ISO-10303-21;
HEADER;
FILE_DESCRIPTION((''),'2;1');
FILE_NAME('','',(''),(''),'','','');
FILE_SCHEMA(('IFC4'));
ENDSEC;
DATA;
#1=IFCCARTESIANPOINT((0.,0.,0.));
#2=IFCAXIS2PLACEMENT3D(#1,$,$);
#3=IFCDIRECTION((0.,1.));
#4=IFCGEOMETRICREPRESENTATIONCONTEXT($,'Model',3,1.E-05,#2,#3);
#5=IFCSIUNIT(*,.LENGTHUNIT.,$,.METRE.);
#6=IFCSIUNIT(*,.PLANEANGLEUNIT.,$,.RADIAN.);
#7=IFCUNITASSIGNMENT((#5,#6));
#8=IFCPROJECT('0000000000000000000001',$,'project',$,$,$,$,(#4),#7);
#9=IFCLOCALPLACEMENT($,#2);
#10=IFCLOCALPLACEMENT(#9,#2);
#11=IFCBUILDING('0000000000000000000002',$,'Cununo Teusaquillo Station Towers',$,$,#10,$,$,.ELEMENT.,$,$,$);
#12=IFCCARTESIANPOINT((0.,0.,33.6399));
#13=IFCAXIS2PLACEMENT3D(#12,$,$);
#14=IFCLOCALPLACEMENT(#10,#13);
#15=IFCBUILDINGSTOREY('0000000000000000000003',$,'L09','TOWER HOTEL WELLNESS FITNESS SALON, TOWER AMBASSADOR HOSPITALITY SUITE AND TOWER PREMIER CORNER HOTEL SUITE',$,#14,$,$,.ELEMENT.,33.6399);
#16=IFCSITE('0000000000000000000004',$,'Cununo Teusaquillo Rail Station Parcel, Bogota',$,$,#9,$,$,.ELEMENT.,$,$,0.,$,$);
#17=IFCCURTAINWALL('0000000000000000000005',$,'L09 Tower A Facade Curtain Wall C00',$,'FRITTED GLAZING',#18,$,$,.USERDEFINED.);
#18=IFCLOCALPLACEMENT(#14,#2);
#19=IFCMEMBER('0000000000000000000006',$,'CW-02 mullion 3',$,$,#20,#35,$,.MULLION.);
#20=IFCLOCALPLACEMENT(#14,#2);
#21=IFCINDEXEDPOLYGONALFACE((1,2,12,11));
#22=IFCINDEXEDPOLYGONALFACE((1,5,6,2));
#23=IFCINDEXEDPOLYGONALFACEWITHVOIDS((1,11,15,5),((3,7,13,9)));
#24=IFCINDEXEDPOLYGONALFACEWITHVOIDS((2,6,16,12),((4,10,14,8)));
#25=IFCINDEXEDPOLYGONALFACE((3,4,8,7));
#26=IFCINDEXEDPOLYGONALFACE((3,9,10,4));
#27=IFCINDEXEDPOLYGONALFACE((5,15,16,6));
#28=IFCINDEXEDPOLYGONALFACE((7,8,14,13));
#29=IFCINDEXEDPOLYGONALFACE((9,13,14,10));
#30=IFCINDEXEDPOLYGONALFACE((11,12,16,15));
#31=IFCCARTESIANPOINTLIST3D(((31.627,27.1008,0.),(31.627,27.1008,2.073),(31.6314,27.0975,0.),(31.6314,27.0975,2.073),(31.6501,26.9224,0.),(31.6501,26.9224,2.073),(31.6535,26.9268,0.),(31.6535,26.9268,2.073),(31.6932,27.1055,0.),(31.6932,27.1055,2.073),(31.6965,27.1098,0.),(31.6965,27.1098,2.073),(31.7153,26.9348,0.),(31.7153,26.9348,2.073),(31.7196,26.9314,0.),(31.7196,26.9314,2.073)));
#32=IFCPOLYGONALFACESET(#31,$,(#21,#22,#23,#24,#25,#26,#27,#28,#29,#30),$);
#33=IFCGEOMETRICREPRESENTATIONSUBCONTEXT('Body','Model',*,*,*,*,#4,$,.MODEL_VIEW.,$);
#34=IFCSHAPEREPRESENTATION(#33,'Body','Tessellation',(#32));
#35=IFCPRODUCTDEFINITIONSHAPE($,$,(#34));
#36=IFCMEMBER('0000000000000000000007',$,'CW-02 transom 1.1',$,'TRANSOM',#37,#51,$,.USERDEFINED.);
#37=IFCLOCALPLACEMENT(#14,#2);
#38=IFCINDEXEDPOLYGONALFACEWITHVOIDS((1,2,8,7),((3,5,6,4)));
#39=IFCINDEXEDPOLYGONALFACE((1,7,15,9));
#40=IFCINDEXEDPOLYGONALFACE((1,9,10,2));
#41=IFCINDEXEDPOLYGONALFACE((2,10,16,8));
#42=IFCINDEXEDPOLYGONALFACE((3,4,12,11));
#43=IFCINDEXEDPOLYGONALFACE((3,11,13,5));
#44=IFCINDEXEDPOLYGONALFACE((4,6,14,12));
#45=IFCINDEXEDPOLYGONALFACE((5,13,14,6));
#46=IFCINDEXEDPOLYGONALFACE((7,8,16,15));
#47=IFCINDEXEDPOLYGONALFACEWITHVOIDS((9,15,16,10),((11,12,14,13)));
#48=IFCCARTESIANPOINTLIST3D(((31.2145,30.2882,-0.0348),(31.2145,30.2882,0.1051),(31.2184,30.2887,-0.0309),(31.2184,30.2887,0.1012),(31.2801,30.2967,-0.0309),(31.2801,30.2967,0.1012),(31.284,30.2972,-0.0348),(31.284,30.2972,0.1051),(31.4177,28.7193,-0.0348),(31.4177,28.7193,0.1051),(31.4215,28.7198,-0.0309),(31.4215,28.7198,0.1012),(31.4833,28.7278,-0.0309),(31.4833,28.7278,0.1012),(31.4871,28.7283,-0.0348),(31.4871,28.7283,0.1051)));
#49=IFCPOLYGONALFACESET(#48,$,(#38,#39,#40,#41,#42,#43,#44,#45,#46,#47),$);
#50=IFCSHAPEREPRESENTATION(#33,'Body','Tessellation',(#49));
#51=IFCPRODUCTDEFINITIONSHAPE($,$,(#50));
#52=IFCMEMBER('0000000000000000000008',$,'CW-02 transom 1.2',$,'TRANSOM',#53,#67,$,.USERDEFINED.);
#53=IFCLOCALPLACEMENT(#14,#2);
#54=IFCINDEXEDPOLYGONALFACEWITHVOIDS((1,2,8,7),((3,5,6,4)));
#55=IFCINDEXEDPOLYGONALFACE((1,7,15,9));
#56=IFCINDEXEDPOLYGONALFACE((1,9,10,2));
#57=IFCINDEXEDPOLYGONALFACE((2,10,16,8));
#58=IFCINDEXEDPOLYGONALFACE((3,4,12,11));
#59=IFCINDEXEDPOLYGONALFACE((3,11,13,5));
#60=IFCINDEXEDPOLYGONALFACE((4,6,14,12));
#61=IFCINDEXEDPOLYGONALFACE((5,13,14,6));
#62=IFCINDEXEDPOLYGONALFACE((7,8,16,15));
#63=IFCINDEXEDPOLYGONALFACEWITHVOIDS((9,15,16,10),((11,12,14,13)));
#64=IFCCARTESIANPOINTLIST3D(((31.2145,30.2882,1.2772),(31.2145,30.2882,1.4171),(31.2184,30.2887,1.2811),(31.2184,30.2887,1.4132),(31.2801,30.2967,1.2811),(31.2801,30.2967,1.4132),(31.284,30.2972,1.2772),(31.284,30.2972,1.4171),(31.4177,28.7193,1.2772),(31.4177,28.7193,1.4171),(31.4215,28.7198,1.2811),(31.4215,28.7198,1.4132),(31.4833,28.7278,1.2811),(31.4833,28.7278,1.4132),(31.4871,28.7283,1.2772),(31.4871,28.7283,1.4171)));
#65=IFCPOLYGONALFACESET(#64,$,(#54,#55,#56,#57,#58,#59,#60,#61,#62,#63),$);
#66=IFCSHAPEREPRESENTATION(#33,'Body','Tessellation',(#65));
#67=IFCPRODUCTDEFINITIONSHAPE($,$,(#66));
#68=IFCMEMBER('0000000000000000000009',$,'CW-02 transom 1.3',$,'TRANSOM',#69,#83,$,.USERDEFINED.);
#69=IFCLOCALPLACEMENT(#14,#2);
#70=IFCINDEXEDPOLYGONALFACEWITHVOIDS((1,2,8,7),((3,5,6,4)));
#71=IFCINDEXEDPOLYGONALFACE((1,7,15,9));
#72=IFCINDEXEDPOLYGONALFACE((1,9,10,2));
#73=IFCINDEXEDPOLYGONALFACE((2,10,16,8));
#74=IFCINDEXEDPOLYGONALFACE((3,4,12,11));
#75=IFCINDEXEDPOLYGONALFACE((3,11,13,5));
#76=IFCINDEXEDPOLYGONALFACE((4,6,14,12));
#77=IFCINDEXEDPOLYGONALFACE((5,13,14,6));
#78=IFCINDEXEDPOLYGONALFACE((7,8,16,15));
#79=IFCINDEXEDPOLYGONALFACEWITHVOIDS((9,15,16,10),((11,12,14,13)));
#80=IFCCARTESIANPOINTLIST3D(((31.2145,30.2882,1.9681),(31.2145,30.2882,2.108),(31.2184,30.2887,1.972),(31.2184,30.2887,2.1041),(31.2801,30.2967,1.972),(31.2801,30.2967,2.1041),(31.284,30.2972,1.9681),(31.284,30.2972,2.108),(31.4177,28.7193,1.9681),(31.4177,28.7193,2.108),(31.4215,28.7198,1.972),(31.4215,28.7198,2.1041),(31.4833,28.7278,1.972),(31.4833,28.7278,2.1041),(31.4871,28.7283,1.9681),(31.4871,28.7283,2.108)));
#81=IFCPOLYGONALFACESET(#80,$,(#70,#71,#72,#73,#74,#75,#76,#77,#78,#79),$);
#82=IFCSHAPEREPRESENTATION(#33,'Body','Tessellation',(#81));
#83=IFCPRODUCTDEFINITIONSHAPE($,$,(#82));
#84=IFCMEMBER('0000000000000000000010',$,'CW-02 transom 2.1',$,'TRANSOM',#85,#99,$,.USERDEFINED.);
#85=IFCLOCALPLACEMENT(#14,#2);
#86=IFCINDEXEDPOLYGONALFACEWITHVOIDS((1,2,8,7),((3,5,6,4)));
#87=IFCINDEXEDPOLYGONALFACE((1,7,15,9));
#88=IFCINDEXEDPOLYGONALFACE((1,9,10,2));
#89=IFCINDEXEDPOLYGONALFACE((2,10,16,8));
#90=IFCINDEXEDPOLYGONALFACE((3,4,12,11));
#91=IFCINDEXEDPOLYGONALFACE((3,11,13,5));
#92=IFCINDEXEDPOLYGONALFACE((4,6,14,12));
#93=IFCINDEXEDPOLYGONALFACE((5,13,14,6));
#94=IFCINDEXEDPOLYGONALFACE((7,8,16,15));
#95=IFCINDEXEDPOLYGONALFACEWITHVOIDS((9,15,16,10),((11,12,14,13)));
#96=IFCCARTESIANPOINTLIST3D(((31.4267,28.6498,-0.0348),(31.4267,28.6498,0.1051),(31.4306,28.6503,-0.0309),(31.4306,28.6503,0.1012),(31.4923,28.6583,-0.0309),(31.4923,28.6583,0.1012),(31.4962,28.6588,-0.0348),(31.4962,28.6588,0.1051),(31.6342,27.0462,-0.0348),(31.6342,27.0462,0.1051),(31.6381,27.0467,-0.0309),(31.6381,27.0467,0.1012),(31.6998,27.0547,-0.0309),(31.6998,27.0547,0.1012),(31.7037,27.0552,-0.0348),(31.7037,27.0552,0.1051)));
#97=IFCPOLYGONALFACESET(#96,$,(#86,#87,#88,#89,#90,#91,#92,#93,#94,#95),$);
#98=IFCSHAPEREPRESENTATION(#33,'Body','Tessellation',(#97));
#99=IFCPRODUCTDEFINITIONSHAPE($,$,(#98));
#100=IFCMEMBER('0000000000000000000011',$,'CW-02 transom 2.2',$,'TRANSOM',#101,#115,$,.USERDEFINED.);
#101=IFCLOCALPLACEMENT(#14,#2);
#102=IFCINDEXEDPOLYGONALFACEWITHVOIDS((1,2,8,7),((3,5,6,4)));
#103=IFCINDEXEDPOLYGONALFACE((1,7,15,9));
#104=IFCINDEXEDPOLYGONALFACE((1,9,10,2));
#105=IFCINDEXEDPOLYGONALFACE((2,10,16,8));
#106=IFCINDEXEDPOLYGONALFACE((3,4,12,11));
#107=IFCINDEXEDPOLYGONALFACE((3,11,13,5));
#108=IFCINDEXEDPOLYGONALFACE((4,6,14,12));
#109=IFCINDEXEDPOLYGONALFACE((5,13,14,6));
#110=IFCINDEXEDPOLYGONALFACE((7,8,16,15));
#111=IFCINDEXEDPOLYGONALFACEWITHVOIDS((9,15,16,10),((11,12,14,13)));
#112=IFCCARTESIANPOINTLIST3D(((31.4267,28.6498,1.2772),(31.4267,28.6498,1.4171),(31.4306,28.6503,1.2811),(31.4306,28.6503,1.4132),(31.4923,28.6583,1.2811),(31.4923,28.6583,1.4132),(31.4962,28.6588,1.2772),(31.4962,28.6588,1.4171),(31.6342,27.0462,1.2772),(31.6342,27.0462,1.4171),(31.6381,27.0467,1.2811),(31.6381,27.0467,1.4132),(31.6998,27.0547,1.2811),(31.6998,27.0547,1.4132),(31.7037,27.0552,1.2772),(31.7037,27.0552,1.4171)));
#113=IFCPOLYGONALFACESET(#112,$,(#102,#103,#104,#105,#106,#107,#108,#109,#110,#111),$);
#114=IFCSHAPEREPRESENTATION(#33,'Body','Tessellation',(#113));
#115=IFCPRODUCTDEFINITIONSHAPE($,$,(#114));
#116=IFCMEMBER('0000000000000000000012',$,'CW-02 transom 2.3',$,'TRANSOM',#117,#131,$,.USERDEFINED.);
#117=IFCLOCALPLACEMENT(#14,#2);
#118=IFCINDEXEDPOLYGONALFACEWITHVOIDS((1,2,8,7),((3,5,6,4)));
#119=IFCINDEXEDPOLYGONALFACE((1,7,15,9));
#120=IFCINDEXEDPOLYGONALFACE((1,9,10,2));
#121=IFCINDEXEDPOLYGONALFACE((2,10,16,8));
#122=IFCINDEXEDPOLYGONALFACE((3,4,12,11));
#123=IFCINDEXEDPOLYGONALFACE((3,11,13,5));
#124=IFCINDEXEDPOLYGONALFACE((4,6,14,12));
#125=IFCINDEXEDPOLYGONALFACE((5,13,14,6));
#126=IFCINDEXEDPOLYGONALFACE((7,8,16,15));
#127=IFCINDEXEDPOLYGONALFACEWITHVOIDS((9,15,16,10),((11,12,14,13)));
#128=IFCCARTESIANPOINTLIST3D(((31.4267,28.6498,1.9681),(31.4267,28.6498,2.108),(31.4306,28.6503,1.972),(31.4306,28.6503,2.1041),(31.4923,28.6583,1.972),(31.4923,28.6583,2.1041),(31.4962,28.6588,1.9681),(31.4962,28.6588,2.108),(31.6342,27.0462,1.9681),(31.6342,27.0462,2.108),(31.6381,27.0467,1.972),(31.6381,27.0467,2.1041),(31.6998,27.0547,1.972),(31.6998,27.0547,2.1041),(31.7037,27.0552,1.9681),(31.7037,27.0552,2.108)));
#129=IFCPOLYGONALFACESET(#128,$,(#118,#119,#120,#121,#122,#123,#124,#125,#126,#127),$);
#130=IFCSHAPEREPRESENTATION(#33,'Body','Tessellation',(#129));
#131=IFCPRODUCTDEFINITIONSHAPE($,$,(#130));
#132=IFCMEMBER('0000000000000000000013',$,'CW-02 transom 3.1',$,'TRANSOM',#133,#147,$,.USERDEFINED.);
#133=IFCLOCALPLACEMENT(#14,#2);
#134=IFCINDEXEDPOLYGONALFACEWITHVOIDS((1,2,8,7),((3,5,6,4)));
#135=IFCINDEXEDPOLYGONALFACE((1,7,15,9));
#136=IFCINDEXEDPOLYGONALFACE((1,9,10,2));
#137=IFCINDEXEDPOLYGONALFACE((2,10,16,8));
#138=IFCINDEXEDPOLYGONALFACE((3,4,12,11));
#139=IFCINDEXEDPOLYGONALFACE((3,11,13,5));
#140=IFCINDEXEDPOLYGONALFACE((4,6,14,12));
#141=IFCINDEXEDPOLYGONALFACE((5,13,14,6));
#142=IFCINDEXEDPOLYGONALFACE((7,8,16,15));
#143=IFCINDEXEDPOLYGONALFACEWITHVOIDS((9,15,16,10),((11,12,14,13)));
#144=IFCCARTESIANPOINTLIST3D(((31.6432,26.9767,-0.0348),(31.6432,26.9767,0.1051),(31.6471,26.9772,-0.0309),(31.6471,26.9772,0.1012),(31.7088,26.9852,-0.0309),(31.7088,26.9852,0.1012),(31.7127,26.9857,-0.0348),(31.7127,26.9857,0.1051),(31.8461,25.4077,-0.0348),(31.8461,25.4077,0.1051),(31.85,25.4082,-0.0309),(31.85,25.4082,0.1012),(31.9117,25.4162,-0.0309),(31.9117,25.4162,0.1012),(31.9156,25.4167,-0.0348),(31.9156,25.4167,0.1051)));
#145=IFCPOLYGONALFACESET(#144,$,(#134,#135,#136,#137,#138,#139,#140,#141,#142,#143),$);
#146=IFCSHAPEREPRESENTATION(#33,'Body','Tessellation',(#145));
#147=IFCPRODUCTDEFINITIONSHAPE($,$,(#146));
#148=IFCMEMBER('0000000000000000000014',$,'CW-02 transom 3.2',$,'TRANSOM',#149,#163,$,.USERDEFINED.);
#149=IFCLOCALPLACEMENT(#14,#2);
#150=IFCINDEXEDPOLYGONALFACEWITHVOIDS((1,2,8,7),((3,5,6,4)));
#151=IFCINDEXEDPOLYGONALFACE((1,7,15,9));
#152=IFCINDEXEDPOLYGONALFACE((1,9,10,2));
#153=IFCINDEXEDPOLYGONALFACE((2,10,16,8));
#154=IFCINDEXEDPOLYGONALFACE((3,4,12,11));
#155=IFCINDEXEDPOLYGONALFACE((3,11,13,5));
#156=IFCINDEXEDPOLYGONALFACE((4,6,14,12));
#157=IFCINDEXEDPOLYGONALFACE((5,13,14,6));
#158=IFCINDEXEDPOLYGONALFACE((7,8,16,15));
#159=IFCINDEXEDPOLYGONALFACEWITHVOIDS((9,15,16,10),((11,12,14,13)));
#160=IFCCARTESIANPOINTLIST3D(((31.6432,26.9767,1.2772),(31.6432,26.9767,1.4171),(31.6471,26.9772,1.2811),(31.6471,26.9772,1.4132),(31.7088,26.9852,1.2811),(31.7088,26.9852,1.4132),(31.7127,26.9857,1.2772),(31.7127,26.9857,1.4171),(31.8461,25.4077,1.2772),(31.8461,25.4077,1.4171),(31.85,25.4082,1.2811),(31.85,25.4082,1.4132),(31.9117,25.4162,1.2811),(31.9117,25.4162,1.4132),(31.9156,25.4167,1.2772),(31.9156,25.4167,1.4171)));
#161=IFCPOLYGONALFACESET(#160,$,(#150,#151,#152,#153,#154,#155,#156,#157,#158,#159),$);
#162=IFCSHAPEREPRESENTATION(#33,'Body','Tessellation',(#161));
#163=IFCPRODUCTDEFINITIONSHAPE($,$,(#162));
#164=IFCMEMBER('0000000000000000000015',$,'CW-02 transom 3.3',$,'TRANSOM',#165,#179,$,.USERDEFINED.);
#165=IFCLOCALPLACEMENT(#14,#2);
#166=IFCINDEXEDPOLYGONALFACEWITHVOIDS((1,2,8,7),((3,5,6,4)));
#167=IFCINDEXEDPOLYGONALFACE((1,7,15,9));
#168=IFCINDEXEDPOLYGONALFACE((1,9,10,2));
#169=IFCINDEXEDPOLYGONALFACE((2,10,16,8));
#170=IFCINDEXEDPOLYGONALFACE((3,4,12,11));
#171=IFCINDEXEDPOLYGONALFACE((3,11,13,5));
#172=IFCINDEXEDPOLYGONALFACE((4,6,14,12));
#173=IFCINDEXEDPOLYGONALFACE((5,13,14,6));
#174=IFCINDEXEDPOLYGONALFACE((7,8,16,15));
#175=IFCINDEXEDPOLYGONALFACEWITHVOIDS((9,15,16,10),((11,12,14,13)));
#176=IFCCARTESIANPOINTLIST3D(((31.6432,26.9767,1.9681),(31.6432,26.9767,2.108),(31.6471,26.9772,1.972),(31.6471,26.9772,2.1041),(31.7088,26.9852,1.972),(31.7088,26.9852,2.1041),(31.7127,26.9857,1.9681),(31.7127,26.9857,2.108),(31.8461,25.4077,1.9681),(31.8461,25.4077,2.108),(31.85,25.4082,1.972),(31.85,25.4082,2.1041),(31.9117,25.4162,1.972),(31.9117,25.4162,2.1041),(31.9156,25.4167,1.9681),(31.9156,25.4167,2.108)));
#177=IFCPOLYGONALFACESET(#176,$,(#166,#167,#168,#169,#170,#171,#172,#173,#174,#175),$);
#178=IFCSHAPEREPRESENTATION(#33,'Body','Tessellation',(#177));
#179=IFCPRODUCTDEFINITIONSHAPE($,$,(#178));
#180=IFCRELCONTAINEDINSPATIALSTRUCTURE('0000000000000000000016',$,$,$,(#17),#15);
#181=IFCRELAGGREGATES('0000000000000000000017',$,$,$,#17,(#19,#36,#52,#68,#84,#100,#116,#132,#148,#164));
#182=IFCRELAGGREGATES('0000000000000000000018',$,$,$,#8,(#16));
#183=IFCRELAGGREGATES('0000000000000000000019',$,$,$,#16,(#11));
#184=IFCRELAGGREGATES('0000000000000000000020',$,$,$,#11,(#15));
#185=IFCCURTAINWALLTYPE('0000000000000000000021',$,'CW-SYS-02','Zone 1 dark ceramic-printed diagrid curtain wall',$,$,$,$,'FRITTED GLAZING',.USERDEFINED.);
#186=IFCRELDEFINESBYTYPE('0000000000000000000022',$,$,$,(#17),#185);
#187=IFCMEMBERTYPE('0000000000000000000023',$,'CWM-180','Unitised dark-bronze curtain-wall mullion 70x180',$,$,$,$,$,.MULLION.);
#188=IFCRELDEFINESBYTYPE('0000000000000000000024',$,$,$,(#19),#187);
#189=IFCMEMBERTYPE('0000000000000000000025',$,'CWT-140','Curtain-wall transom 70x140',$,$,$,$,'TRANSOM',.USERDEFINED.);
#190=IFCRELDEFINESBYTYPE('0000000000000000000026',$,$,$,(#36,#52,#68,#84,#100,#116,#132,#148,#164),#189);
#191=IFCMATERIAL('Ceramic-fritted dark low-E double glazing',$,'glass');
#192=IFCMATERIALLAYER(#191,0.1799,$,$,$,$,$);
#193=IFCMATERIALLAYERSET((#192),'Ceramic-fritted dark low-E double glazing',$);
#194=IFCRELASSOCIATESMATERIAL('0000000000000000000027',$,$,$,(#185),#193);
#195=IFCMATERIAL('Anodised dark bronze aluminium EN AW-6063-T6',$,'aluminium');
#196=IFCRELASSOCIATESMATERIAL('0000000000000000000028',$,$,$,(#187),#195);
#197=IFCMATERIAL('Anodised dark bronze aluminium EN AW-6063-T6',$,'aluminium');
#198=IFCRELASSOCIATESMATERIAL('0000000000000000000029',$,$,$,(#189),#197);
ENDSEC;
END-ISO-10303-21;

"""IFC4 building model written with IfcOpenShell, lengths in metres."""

from ifc_helpers import new_model, si_unit, direction, frame, origin, origin_2d, place, context, subcontext, project, spatial, hollow_rectangle, extrude, material, layer, layer_set, material_profile, profile_set, type_object, element, aggregate, save


model = new_model("IFC4")

# Units and contexts
model_context = context("Model", 3, precision=1e-05, world=origin(), true_north=direction((0.0, 1.0)))
body_context = subcontext(model_context, "Body", "Model", "MODEL_VIEW")
ifc_project = project(units=[si_unit("LENGTHUNIT", "METRE"), si_unit("PLANEANGLEUNIT", "RADIAN")], contexts=[model_context])

# Site, building, storey
site_placement = place(None, origin())
site = spatial("IfcSite", under=ifc_project, at=site_placement, Name="Cununo Teusaquillo Rail Station Parcel, Bogota", CompositionType="ELEMENT", RefElevation=0.0)
building_placement = place(site_placement, origin())
building = spatial("IfcBuilding", under=site, at=building_placement, Name="Cununo Teusaquillo Station Towers", CompositionType="ELEMENT")
storey_placement = place(building_placement, frame((0.0, 0.0, 33.6399)))
storey = spatial("IfcBuildingStorey", under=building, at=storey_placement, Name="L09", Description="TOWER HOTEL WELLNESS FITNESS SALON, TOWER AMBASSADOR HOSPITALITY SUITE AND TOWER PREMIER CORNER HOTEL SUITE", CompositionType="ELEMENT", Elevation=33.6399)

# Curtain wall, members
ifc_material_1 = material(Name="Ceramic-fritted dark low-E double glazing", Category="glass")
ifc_layer_1 = layer(ifc_material_1, 0.1799)
ifc_layer_set_1 = layer_set([ifc_layer_1], Name="Ceramic-fritted dark low-E double glazing")
curtain_wall_type = type_object("IfcCurtainWallType", Name="CW-SYS-02", Description="Zone 1 dark ceramic-printed diagrid curtain wall", ElementType="FRITTED GLAZING", PredefinedType="USERDEFINED", material=ifc_layer_set_1)
curtain_wall_placement = place(storey_placement, origin())
curtain_wall = element("IfcCurtainWall", 1, at=curtain_wall_placement, inside=storey, type_object=curtain_wall_type, Name="L09 Tower A Facade Curtain Wall C00", ObjectType="FRITTED GLAZING", PredefinedType="USERDEFINED")
ifc_material_2 = material(Name="Anodised dark bronze aluminium EN AW-6063-T6", Category="aluminium")
ifc_material_profile_1 = material_profile(ifc_material_2, hollow_rectangle(XDim=0.0701, YDim=0.1799, WallThickness=0.0039, at=origin_2d()), Name="CW-MULL-70x180")
ifc_profile_set_1 = profile_set([ifc_material_profile_1], Name="Anodised dark bronze aluminium EN AW-6063-T6")
member_type_1 = type_object("IfcMemberType", Name="CWM-180", Description="Unitised dark-bronze curtain-wall mullion 70x180", PredefinedType="MULLION", material=ifc_profile_set_1)
member_1_placement = place(storey_placement, frame((31.6733, 27.0161, 0.0), z_axis=(0.0, 0.0, 1.0), x_axis=(0.991731, 0.128336, 0.0)))
member_1 = element("IfcMember", 2, at=member_1_placement, type_object=member_type_1, Name="CW-02 mullion 3", PredefinedType="MULLION", context=body_context, shape_type="SweptSolid", body=[
    extrude(hollow_rectangle(XDim=0.0701, YDim=0.1799, WallThickness=0.0039, at=origin_2d()), origin(), (0.0, 0.0, 1.0), 2.073),
])
ifc_material_3 = material(Name="Anodised dark bronze aluminium EN AW-6063-T6", Category="aluminium")
ifc_material_profile_2 = material_profile(ifc_material_3, hollow_rectangle(XDim=0.0701, YDim=0.1399, WallThickness=0.0039, at=origin_2d()), Name="CW-TRAN-70x140")
ifc_profile_set_2 = profile_set([ifc_material_profile_2], Name="Anodised dark bronze aluminium EN AW-6063-T6")
member_type_2 = type_object("IfcMemberType", Name="CWT-140", Description="Curtain-wall transom 70x140", ElementType="TRANSOM", PredefinedType="USERDEFINED", material=ifc_profile_set_2)
member_2_placement = place(storey_placement, frame((31.2493, 30.2927, 0.0352), z_axis=(0.128402, -0.991722, 0.0), x_axis=(0.991722, 0.128402, 0.0)))
member_2 = element("IfcMember", 3, at=member_2_placement, type_object=member_type_2, Name="CW-02 transom 1.1", ObjectType="TRANSOM", PredefinedType="USERDEFINED", context=body_context, shape_type="SweptSolid", body=[
    extrude(hollow_rectangle(XDim=0.0701, YDim=0.1399, WallThickness=0.0039, at=origin_2d()), origin(), (0.0, 0.0, 1.0), 1.582),
])
member_3_placement = place(storey_placement, frame((31.2493, 30.2927, 1.3472), z_axis=(0.128402, -0.991722, 0.0), x_axis=(0.991722, 0.128402, 0.0)))
member_3 = element("IfcMember", 4, at=member_3_placement, type_object=member_type_2, Name="CW-02 transom 1.2", ObjectType="TRANSOM", PredefinedType="USERDEFINED", context=body_context, shape_type="SweptSolid", body=[
    extrude(hollow_rectangle(XDim=0.0701, YDim=0.1399, WallThickness=0.0039, at=origin_2d()), origin(), (0.0, 0.0, 1.0), 1.582),
])
member_4_placement = place(storey_placement, frame((31.2493, 30.2927, 2.0381), z_axis=(0.128402, -0.991722, 0.0), x_axis=(0.991722, 0.128402, 0.0)))
member_4 = element("IfcMember", 5, at=member_4_placement, type_object=member_type_2, Name="CW-02 transom 1.3", ObjectType="TRANSOM", PredefinedType="USERDEFINED", context=body_context, shape_type="SweptSolid", body=[
    extrude(hollow_rectangle(XDim=0.0701, YDim=0.1399, WallThickness=0.0039, at=origin_2d()), origin(), (0.0, 0.0, 1.0), 1.582),
])
member_5_placement = place(storey_placement, frame((31.4614, 28.6543, 0.0352), z_axis=(0.128345, -0.99173, 0.0), x_axis=(0.99173, 0.128345, 0.0)))
member_5 = element("IfcMember", 6, at=member_5_placement, type_object=member_type_2, Name="CW-02 transom 2.1", ObjectType="TRANSOM", PredefinedType="USERDEFINED", context=body_context, shape_type="SweptSolid", body=[
    extrude(hollow_rectangle(XDim=0.0701, YDim=0.1399, WallThickness=0.0039, at=origin_2d()), origin(), (0.0, 0.0, 1.0), 1.6169),
])
member_6_placement = place(storey_placement, frame((31.4614, 28.6543, 1.3472), z_axis=(0.128345, -0.99173, 0.0), x_axis=(0.99173, 0.128345, 0.0)))
member_6 = element("IfcMember", 7, at=member_6_placement, type_object=member_type_2, Name="CW-02 transom 2.2", ObjectType="TRANSOM", PredefinedType="USERDEFINED", context=body_context, shape_type="SweptSolid", body=[
    extrude(hollow_rectangle(XDim=0.0701, YDim=0.1399, WallThickness=0.0039, at=origin_2d()), origin(), (0.0, 0.0, 1.0), 1.6169),
])
member_7_placement = place(storey_placement, frame((31.4614, 28.6543, 2.0381), z_axis=(0.128345, -0.99173, 0.0), x_axis=(0.99173, 0.128345, 0.0)))
member_7 = element("IfcMember", 8, at=member_7_placement, type_object=member_type_2, Name="CW-02 transom 2.3", ObjectType="TRANSOM", PredefinedType="USERDEFINED", context=body_context, shape_type="SweptSolid", body=[
    extrude(hollow_rectangle(XDim=0.0701, YDim=0.1399, WallThickness=0.0039, at=origin_2d()), origin(), (0.0, 0.0, 1.0), 1.6169),
])
member_8_placement = place(storey_placement, frame((31.678, 26.9812, 0.0352), z_axis=(0.12825, -0.991742, 0.0), x_axis=(0.991742, 0.12825, 0.0)))
member_8 = element("IfcMember", 9, at=member_8_placement, type_object=member_type_2, Name="CW-02 transom 3.1", ObjectType="TRANSOM", PredefinedType="USERDEFINED", context=body_context, shape_type="SweptSolid", body=[
    extrude(hollow_rectangle(XDim=0.0701, YDim=0.1399, WallThickness=0.0039, at=origin_2d()), origin(), (0.0, 0.0, 1.0), 1.582),
])
member_9_placement = place(storey_placement, frame((31.678, 26.9812, 1.3472), z_axis=(0.12825, -0.991742, 0.0), x_axis=(0.991742, 0.12825, 0.0)))
member_9 = element("IfcMember", 10, at=member_9_placement, type_object=member_type_2, Name="CW-02 transom 3.2", ObjectType="TRANSOM", PredefinedType="USERDEFINED", context=body_context, shape_type="SweptSolid", body=[
    extrude(hollow_rectangle(XDim=0.0701, YDim=0.1399, WallThickness=0.0039, at=origin_2d()), origin(), (0.0, 0.0, 1.0), 1.582),
])
member_10_placement = place(storey_placement, frame((31.678, 26.9812, 2.0381), z_axis=(0.12825, -0.991742, 0.0), x_axis=(0.991742, 0.12825, 0.0)))
member_10 = element("IfcMember", 11, at=member_10_placement, type_object=member_type_2, Name="CW-02 transom 3.3", ObjectType="TRANSOM", PredefinedType="USERDEFINED", context=body_context, shape_type="SweptSolid", body=[
    extrude(hollow_rectangle(XDim=0.0701, YDim=0.1399, WallThickness=0.0039, at=origin_2d()), origin(), (0.0, 0.0, 1.0), 1.582),
])
aggregate(curtain_wall, [member_1, member_2, member_3, member_4, member_5, member_6, member_7, member_8, member_9, member_10])

save(model, "model.ifc")
